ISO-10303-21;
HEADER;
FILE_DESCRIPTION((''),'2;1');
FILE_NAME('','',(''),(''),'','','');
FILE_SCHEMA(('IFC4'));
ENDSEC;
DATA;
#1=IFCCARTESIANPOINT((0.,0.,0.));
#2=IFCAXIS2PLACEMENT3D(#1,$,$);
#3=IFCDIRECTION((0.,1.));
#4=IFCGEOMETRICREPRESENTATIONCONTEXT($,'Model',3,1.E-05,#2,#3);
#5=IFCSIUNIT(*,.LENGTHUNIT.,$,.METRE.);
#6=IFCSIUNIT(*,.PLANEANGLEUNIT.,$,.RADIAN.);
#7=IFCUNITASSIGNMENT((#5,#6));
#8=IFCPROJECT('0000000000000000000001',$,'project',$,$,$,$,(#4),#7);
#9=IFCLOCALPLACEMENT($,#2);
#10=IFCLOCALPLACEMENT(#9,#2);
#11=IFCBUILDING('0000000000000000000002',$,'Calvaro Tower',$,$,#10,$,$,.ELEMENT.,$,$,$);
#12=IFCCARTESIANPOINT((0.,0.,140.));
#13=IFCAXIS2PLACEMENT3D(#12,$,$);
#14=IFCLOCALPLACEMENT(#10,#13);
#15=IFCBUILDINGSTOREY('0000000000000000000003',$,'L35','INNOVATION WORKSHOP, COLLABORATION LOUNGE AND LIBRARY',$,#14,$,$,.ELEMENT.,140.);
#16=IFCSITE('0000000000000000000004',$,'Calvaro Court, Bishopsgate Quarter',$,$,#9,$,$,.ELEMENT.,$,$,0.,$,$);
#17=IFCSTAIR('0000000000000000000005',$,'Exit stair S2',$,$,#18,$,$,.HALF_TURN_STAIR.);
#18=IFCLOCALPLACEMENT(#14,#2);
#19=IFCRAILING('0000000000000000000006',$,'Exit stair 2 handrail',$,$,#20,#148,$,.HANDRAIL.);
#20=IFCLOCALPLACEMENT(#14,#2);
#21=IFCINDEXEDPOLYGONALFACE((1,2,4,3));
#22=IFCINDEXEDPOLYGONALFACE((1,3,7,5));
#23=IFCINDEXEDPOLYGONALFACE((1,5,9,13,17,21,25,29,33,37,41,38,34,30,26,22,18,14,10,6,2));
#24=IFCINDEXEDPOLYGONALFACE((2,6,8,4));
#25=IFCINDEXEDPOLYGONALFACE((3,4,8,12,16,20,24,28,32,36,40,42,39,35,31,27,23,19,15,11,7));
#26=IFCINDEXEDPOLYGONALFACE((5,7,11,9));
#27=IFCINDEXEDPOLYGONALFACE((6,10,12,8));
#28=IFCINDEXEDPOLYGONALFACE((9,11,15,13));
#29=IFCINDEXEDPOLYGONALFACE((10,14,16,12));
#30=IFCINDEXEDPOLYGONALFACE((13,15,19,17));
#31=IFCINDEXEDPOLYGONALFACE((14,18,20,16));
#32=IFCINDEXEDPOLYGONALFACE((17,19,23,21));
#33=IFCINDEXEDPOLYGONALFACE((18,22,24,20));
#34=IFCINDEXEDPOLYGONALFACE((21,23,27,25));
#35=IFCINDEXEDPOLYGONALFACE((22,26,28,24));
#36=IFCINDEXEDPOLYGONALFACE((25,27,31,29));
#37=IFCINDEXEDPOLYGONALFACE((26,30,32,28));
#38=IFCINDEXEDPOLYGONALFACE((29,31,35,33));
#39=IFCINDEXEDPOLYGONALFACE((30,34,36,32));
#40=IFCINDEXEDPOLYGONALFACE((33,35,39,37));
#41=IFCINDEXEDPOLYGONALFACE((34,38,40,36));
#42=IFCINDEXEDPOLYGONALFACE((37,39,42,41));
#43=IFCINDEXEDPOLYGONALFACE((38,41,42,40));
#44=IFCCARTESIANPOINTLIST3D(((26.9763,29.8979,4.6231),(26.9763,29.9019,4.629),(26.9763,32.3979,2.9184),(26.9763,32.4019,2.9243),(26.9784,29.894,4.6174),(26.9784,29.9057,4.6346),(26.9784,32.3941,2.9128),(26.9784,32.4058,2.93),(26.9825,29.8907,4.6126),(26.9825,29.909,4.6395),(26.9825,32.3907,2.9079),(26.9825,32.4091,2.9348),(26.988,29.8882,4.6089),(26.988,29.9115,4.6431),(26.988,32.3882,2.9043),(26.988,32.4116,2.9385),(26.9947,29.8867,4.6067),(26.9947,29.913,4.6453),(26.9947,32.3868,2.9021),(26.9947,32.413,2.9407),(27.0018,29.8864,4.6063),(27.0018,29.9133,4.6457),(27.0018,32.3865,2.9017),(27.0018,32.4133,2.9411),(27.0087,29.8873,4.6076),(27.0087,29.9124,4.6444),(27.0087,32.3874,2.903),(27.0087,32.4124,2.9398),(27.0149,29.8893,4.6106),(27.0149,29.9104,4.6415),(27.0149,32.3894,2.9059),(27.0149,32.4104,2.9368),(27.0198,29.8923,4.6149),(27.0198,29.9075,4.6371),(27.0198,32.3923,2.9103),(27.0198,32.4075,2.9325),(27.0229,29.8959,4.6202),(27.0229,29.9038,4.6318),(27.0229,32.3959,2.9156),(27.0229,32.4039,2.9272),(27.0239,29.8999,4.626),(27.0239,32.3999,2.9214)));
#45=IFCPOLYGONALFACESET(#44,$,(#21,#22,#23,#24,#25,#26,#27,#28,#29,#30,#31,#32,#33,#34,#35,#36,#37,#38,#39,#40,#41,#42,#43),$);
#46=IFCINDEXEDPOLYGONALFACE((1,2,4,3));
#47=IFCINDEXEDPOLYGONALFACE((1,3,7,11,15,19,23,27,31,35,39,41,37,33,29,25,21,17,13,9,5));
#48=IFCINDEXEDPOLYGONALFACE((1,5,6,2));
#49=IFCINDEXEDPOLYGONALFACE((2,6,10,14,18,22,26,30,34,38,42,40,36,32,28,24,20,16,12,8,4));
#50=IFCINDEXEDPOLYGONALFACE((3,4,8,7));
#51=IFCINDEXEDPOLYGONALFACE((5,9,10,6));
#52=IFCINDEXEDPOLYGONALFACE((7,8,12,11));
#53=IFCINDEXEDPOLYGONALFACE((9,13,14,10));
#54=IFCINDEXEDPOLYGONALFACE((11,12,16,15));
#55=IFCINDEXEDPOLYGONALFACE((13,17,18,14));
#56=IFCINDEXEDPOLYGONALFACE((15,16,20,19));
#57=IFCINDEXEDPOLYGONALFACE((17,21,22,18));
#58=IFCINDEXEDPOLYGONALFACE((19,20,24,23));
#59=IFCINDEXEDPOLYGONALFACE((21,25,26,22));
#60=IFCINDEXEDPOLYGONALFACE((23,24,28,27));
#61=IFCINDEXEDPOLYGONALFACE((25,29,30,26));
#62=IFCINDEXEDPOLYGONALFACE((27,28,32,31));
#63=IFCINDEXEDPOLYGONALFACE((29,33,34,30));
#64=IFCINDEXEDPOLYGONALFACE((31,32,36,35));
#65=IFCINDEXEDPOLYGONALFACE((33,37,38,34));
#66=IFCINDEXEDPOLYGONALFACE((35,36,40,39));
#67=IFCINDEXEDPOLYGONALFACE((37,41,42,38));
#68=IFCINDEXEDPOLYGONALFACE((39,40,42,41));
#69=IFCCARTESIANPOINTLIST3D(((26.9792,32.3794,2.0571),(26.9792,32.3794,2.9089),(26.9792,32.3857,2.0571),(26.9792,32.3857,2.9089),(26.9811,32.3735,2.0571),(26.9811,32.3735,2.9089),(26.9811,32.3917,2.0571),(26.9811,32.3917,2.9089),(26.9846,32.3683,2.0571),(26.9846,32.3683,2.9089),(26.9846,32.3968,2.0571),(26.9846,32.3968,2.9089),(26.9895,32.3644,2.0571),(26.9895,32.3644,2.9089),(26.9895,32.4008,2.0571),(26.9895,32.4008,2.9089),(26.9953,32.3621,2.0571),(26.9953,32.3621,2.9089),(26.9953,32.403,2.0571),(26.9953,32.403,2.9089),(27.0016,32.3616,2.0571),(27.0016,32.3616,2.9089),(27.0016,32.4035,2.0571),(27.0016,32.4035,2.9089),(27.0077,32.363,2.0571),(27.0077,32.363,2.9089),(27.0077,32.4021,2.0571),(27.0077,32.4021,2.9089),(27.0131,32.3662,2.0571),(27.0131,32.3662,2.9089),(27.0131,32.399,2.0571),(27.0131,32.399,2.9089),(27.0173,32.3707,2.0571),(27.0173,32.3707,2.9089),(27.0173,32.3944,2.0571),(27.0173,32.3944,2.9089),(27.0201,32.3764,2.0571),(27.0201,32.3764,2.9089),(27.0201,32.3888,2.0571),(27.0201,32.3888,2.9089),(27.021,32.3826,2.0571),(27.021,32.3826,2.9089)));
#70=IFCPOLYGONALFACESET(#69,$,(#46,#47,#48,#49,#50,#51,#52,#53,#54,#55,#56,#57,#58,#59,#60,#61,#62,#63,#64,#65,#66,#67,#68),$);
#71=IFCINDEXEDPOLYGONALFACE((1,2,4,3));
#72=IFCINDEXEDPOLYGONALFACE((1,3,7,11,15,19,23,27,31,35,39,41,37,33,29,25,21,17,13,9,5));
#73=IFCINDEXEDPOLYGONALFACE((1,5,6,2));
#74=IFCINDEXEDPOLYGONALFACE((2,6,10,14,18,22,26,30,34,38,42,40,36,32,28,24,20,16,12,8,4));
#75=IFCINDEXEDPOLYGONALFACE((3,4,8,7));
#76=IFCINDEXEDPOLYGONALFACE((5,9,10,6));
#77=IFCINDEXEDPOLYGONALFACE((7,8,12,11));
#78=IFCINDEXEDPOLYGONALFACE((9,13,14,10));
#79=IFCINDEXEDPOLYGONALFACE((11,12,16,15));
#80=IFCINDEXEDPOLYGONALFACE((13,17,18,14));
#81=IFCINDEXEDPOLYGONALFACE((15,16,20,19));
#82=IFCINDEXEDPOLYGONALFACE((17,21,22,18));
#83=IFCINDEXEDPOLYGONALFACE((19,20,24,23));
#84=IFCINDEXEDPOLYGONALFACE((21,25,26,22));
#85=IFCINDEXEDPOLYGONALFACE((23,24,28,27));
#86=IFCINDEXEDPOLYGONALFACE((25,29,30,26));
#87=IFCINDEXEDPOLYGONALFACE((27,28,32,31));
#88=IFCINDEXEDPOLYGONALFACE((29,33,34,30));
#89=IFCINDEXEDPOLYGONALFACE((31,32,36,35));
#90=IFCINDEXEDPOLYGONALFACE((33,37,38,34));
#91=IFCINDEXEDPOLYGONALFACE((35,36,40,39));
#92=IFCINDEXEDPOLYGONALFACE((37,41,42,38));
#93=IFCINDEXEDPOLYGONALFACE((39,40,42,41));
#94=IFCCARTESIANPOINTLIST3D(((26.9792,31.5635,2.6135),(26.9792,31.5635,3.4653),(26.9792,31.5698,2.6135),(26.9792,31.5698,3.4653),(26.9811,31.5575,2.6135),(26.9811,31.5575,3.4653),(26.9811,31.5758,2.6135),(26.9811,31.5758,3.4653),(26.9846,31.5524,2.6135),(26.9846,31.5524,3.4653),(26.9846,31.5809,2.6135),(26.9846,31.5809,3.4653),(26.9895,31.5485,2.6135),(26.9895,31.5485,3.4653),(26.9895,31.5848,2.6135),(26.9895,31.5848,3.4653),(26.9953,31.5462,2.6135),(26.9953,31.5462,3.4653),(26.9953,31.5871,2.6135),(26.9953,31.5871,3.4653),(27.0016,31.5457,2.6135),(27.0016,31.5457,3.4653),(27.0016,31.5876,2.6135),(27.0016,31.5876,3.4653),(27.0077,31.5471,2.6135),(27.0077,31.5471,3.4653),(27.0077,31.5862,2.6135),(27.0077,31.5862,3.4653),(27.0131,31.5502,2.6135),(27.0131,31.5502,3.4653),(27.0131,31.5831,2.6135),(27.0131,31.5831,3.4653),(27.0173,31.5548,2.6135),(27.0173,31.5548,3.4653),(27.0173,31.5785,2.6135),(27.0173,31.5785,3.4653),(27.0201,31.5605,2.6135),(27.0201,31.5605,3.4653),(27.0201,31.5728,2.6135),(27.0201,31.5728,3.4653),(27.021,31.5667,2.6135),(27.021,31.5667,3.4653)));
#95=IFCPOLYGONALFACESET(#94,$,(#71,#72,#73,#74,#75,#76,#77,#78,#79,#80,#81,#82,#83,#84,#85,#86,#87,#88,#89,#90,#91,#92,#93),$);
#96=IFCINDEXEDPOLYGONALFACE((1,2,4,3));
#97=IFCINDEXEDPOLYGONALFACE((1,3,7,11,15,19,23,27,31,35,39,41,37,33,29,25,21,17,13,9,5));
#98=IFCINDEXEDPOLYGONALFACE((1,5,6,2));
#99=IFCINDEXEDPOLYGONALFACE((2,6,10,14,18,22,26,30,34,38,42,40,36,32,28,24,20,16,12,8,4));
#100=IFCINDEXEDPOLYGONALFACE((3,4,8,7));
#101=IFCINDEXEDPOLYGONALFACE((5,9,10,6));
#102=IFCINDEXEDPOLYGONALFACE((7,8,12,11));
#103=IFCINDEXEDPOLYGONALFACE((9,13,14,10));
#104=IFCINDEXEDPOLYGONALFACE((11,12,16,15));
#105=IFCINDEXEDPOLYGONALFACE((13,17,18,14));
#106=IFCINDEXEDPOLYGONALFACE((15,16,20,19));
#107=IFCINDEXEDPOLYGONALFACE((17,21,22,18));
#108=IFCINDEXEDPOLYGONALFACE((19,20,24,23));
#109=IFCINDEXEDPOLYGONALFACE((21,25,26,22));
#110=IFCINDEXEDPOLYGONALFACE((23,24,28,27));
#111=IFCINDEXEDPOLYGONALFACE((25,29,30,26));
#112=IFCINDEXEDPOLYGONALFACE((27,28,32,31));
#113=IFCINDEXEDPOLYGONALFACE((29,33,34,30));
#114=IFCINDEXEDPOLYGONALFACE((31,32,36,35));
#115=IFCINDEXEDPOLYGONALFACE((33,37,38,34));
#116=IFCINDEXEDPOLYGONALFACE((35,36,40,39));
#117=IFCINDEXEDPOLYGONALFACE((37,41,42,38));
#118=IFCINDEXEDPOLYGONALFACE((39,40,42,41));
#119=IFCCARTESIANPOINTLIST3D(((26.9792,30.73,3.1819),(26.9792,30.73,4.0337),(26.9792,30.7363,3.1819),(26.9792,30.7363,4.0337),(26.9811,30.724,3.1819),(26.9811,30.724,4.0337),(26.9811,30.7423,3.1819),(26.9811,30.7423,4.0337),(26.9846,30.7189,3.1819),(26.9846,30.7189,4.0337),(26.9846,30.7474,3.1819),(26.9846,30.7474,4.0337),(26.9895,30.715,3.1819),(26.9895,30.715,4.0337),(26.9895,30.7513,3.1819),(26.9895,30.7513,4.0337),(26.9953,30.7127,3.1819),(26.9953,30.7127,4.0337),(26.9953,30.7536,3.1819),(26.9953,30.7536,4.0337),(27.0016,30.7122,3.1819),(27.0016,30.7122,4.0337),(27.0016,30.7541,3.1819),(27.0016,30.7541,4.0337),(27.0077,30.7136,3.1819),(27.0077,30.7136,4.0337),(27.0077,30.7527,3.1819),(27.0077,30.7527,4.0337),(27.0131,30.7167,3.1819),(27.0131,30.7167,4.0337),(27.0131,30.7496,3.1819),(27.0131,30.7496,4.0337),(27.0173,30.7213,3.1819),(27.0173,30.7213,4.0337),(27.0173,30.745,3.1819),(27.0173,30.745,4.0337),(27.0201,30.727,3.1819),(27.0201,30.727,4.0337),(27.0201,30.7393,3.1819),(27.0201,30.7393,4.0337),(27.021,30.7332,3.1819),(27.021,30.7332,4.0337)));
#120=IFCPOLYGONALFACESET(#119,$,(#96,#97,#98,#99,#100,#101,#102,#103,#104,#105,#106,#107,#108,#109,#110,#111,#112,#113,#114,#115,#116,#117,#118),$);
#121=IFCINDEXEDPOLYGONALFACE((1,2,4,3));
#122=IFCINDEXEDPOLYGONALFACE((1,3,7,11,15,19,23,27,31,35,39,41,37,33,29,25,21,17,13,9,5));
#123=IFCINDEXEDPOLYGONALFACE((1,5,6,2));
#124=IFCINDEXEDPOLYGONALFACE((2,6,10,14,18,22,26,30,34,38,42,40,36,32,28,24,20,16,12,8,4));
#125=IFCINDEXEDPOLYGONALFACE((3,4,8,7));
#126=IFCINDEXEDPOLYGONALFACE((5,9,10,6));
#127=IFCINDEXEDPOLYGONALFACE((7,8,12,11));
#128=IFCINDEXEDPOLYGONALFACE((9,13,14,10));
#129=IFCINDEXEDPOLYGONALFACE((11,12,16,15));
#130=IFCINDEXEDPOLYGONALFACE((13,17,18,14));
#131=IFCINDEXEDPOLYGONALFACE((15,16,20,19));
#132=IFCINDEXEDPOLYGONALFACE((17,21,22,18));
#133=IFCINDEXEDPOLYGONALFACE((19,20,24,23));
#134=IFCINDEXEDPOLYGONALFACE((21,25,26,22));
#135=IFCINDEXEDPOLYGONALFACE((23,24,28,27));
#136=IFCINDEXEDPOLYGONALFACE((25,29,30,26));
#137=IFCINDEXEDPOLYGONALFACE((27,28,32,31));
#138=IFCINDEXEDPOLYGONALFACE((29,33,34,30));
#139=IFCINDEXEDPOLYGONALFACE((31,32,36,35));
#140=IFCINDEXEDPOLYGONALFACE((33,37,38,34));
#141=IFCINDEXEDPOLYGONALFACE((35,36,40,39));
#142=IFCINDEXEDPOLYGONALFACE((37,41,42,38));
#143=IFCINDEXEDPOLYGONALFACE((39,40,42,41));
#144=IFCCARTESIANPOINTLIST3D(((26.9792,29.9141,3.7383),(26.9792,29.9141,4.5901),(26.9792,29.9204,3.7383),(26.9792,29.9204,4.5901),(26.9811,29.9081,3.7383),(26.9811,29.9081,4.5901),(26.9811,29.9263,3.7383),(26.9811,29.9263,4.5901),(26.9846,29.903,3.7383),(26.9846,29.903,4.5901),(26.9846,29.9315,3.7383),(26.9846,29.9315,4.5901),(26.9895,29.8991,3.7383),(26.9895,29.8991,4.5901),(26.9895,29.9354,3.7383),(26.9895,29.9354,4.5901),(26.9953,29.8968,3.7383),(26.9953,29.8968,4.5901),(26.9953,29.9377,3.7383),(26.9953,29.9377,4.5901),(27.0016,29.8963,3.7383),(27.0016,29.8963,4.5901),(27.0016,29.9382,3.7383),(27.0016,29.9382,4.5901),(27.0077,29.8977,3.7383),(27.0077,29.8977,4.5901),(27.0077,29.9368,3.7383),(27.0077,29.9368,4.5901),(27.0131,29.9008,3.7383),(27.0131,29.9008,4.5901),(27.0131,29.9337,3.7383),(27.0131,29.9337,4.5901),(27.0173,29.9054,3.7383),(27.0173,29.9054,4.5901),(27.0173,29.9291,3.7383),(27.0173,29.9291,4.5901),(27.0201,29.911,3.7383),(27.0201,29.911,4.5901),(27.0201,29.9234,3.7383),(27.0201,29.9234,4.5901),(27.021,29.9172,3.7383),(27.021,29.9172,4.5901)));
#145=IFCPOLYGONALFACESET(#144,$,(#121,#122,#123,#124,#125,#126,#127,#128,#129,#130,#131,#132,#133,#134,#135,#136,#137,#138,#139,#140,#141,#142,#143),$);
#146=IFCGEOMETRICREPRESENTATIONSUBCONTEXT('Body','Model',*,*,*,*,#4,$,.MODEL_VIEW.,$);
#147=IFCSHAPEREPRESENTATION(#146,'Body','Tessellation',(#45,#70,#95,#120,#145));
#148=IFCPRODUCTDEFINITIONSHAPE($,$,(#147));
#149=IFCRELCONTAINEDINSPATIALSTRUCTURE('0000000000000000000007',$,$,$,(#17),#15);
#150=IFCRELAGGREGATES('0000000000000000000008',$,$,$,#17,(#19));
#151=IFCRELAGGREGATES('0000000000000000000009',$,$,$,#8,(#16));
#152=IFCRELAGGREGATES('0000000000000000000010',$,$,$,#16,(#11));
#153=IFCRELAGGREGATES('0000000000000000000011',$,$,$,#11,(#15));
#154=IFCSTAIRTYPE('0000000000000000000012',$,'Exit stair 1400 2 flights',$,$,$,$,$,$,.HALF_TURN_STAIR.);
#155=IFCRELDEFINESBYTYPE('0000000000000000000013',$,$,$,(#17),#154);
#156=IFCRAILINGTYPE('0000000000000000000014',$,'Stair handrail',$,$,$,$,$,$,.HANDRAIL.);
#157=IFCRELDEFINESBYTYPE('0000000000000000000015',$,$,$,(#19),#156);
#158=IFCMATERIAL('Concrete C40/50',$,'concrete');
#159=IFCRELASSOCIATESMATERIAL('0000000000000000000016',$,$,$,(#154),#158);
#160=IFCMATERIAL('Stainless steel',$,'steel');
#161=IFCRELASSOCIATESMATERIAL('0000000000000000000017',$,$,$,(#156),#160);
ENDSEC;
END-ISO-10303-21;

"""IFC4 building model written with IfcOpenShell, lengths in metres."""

from ifc_helpers import new_model, si_unit, direction, frame, origin, origin_2d, place, context, subcontext, project, spatial, circle, extrude, material, type_object, element, aggregate, save


model = new_model("IFC4")

# Units and contexts
model_context = context("Model", 3, precision=1e-05, world=origin(), true_north=direction((0.0, 1.0)))
body_context = subcontext(model_context, "Body", "Model", "MODEL_VIEW")
ifc_project = project(units=[si_unit("LENGTHUNIT", "METRE"), si_unit("PLANEANGLEUNIT", "RADIAN")], contexts=[model_context])

# Site, building, storey
site_placement = place(None, origin())
site = spatial("IfcSite", under=ifc_project, at=site_placement, Name="Calvaro Court, Bishopsgate Quarter", CompositionType="ELEMENT", RefElevation=0.0)
building_placement = place(site_placement, origin())
building = spatial("IfcBuilding", under=site, at=building_placement, Name="Calvaro Tower", CompositionType="ELEMENT")
storey_placement = place(building_placement, frame((0.0, 0.0, 140.0)))
storey = spatial("IfcBuildingStorey", under=building, at=storey_placement, Name="L35", Description="INNOVATION WORKSHOP, COLLABORATION LOUNGE AND LIBRARY", CompositionType="ELEMENT", Elevation=140.0)

# Stair, railing
ifc_material_1 = material(Name="Concrete C40/50", Category="concrete")
stair_type = type_object("IfcStairType", Name="Exit stair 1400 2 flights", PredefinedType="HALF_TURN_STAIR", material=ifc_material_1)
stair_placement = place(storey_placement, origin())
stair = element("IfcStair", 1, at=stair_placement, inside=storey, type_object=stair_type, Name="Exit stair S2", PredefinedType="HALF_TURN_STAIR")
ifc_material_2 = material(Name="Stainless steel", Category="steel")
railing_type = type_object("IfcRailingType", Name="Stair handrail", PredefinedType="HANDRAIL", material=ifc_material_2)
railing_1_placement = place(storey_placement, frame((27.0, 32.3999, 2.0454)))
railing_1 = element("IfcRailing", 2, at=railing_1_placement, type_object=railing_type, Name="Exit stair 2 handrail", PredefinedType="HANDRAIL", context=body_context, shape_type="SweptSolid", body=[
    extrude(circle(Radius=0.0239, at=origin_2d()), frame((0.0, 0.0, 0.876), z_axis=(0.0, -0.826221, 0.563347), x_axis=(1.0, 0.0, 0.0)), (0.0, 0.0, 1.0), 3.0259),
    extrude(circle(Radius=0.021, at=origin_2d()), frame((0.0, -0.0173, 0.0117)), (0.0, 0.0, 1.0), 0.8518),
    extrude(circle(Radius=0.021, at=origin_2d()), frame((0.0, -0.8333, 0.5681)), (0.0, 0.0, 1.0), 0.8518),
    extrude(circle(Radius=0.021, at=origin_2d()), frame((0.0, -1.6667, 1.1365)), (0.0, 0.0, 1.0), 0.8518),
    extrude(circle(Radius=0.021, at=origin_2d()), frame((0.0, -2.4827, 1.6929)), (0.0, 0.0, 1.0), 0.8518),
])
aggregate(stair, [railing_1])

save(model, "model.ifc")
